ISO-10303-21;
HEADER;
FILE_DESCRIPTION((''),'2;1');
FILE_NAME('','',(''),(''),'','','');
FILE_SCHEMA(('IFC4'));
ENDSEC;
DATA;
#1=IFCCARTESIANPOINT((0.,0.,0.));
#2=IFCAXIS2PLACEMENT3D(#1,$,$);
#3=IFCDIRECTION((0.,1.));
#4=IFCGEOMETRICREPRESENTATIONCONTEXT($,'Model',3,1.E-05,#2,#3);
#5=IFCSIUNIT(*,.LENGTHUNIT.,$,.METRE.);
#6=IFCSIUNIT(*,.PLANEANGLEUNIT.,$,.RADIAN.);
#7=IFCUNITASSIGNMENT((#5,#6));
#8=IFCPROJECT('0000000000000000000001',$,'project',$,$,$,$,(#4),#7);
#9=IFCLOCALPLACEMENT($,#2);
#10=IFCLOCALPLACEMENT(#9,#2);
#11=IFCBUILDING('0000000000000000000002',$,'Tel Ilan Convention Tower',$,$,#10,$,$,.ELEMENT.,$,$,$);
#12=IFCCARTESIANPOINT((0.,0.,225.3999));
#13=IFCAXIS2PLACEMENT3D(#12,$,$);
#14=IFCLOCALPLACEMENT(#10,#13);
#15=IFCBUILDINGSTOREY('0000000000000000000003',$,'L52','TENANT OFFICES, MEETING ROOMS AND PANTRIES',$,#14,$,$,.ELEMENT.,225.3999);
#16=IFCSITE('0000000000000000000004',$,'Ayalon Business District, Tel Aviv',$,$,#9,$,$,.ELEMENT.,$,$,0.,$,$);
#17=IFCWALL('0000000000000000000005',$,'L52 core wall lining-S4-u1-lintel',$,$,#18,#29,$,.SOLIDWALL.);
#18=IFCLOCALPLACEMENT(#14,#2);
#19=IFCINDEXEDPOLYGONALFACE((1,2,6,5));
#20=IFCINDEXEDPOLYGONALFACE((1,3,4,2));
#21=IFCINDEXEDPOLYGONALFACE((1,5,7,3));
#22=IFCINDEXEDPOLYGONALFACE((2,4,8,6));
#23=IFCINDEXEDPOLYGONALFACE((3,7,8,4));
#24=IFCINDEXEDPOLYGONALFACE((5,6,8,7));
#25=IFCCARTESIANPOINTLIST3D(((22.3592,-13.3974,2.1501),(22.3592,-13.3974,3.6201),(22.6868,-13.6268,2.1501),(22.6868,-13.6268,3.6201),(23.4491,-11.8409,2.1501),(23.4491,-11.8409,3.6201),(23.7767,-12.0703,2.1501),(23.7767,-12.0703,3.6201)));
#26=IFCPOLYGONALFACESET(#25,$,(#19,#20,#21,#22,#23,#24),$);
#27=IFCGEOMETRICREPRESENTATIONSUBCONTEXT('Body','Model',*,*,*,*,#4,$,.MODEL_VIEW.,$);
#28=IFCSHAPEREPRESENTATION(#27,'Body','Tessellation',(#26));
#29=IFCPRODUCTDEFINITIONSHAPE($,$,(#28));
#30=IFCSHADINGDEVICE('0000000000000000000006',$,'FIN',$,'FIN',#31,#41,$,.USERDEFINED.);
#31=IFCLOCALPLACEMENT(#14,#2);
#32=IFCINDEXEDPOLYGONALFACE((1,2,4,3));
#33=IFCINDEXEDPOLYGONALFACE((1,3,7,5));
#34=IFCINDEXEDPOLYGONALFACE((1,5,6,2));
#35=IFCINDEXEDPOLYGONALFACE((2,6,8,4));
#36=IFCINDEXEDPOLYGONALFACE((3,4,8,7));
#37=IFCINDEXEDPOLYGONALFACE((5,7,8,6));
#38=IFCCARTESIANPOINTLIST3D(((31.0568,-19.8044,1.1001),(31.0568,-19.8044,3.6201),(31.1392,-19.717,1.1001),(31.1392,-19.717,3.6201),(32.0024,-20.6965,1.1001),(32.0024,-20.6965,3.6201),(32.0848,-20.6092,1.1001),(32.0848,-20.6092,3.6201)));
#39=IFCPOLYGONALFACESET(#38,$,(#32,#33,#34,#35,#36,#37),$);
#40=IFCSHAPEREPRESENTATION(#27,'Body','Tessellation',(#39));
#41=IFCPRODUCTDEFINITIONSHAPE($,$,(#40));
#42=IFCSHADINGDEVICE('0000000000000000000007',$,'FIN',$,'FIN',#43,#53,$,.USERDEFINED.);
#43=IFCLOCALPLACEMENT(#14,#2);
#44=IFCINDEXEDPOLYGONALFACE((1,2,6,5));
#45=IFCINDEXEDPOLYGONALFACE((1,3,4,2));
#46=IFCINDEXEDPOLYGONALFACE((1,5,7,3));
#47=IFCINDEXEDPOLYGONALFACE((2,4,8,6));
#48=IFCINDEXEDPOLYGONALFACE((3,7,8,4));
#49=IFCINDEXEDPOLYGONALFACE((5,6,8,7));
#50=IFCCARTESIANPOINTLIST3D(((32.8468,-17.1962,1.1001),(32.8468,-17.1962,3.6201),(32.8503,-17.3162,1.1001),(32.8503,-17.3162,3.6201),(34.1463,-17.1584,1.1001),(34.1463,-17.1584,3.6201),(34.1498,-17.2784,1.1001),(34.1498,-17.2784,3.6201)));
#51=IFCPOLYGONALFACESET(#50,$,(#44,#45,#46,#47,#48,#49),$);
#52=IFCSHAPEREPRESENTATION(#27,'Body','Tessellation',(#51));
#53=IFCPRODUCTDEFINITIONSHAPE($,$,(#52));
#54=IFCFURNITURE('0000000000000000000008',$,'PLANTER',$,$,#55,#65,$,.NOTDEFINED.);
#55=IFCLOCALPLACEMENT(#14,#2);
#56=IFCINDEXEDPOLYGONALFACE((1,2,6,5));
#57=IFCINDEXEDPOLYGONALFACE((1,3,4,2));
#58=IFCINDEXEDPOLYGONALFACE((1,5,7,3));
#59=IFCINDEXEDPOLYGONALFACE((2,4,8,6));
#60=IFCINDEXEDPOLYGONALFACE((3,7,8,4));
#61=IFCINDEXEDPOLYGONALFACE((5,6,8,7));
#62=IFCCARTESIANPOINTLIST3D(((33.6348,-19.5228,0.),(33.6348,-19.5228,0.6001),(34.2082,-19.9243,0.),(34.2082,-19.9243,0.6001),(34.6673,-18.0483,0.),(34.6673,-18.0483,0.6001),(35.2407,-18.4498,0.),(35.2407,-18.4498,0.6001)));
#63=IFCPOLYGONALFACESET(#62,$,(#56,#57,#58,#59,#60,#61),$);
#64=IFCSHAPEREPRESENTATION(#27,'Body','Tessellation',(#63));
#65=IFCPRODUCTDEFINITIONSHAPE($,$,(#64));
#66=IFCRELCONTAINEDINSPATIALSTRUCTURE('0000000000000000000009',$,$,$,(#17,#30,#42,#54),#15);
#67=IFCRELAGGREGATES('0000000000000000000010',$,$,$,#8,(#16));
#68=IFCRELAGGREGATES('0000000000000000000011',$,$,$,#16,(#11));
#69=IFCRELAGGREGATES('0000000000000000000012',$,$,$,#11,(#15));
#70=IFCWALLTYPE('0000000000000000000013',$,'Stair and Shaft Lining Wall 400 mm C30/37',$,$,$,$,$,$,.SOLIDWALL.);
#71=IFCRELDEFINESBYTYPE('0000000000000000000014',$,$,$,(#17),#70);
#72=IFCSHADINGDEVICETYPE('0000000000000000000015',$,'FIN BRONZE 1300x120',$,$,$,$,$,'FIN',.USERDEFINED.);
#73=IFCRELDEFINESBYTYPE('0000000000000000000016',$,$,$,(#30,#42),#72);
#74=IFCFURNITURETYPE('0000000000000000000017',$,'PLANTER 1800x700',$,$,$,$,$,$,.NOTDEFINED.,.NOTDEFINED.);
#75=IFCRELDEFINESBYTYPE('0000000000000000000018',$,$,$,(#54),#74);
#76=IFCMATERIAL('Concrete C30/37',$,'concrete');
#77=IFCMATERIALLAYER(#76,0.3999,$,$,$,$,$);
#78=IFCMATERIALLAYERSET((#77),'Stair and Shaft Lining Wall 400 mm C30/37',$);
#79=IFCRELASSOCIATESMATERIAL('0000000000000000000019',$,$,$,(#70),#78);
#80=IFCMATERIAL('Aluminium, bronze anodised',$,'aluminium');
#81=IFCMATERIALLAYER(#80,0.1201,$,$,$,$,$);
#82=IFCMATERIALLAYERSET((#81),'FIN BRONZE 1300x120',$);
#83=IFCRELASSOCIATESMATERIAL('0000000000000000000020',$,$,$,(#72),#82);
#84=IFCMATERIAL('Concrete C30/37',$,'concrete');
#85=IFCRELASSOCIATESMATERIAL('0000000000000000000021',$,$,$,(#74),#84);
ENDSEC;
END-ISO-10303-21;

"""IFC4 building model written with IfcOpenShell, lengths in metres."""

from ifc_helpers import new_model, si_unit, direction, frame, frame_2d, origin, origin_2d, place, context, subcontext, project, spatial, rectangle, extrude, material, layer, layer_set, type_object, element, save


model = new_model("IFC4")

# Units and contexts
model_context = context("Model", 3, precision=1e-05, world=origin(), true_north=direction((0.0, 1.0)))
body_context = subcontext(model_context, "Body", "Model", "MODEL_VIEW")
ifc_project = project(units=[si_unit("LENGTHUNIT", "METRE"), si_unit("PLANEANGLEUNIT", "RADIAN")], contexts=[model_context])

# Site, building, storey
site_placement = place(None, origin())
site = spatial("IfcSite", under=ifc_project, at=site_placement, Name="Ayalon Business District, Tel Aviv", CompositionType="ELEMENT", RefElevation=0.0)
building_placement = place(site_placement, origin())
building = spatial("IfcBuilding", under=site, at=building_placement, Name="Tel Ilan Convention Tower", CompositionType="ELEMENT")
storey_placement = place(building_placement, frame((0.0, 0.0, 225.3999)))
storey = spatial("IfcBuildingStorey", under=building, at=storey_placement, Name="L52", Description="TENANT OFFICES, MEETING ROOMS AND PANTRIES", CompositionType="ELEMENT", Elevation=225.3999)

# Wall
ifc_material_1 = material(Name="Concrete C30/37", Category="concrete")
ifc_layer_1 = layer(ifc_material_1, 0.3999)
ifc_layer_set_1 = layer_set([ifc_layer_1], Name="Stair and Shaft Lining Wall 400 mm C30/37")
wall_type_1 = type_object("IfcWallType", Name="Stair and Shaft Lining Wall 400 mm C30/37", PredefinedType="SOLIDWALL", material=ifc_layer_set_1)
wall_1_placement = place(storey_placement, frame((22.5229, -13.5122, 2.1501), z_axis=(0.0, 0.0, 1.0), x_axis=(0.573592, 0.819141, 0.0)))
element("IfcWall", 1, at=wall_1_placement, inside=storey, type_object=wall_type_1, Name="L52 core wall lining-S4-u1-lintel", PredefinedType="SOLIDWALL", context=body_context, shape_type="SweptSolid", body=[
    extrude(rectangle(XDim=1.9001, YDim=0.3999, at=frame_2d((0.9502, 0.0))), origin(), (0.0, 0.0, 1.0), 1.47),
])

# Shading devices
ifc_material_2 = material(Name="Aluminium, bronze anodised", Category="aluminium")
ifc_layer_2 = layer(ifc_material_2, 0.1201)
ifc_layer_set_2 = layer_set([ifc_layer_2], Name="FIN BRONZE 1300x120")
shading_device_type = type_object("IfcShadingDeviceType", Name="FIN BRONZE 1300x120", ElementType="FIN", PredefinedType="USERDEFINED", material=ifc_layer_set_2)
for number, where, z_axis, x_axis, name in (
    (2, (31.5708, -20.2068, 1.1001), (0.0, 0.0, 1.0), (0.727374, -0.686242, 0.0), "FIN"),
    (3, (33.4983, -17.2373, 1.1001), (0.0, 0.0, 1.0), (0.999577, 0.029085, 0.0), "FIN"),
):
    element("IfcShadingDevice", number, at=place(storey_placement, frame(where, z_axis=z_axis, x_axis=x_axis)), inside=storey, type_object=shading_device_type, Name=name, ObjectType="FIN", PredefinedType="USERDEFINED", context=body_context, shape_type="SweptSolid", body=[
        extrude(rectangle(XDim=1.3, YDim=0.1201, at=origin_2d()), origin(), (0.0, 0.0, 1.0), 2.52),
    ])

# Furniture
ifc_material_3 = material(Name="Concrete C30/37", Category="concrete")
furniture_type = type_object("IfcFurnitureType", Name="PLANTER 1800x700", AssemblyPlace="NOTDEFINED", PredefinedType="NOTDEFINED", material=ifc_material_3)
furniture_placement = place(storey_placement, frame((34.4377, -18.9863, 0.0), z_axis=(0.0, 0.0, 1.0), x_axis=(-0.573576, -0.819152, 0.0)))
element("IfcFurniture", 4, at=furniture_placement, inside=storey, type_object=furniture_type, Name="PLANTER", PredefinedType="NOTDEFINED", context=body_context, shape_type="SweptSolid", body=[
    extrude(rectangle(XDim=1.8, YDim=0.7, at=origin_2d()), origin(), (0.0, 0.0, 1.0), 0.6001),
])

save(model, "model.ifc")
